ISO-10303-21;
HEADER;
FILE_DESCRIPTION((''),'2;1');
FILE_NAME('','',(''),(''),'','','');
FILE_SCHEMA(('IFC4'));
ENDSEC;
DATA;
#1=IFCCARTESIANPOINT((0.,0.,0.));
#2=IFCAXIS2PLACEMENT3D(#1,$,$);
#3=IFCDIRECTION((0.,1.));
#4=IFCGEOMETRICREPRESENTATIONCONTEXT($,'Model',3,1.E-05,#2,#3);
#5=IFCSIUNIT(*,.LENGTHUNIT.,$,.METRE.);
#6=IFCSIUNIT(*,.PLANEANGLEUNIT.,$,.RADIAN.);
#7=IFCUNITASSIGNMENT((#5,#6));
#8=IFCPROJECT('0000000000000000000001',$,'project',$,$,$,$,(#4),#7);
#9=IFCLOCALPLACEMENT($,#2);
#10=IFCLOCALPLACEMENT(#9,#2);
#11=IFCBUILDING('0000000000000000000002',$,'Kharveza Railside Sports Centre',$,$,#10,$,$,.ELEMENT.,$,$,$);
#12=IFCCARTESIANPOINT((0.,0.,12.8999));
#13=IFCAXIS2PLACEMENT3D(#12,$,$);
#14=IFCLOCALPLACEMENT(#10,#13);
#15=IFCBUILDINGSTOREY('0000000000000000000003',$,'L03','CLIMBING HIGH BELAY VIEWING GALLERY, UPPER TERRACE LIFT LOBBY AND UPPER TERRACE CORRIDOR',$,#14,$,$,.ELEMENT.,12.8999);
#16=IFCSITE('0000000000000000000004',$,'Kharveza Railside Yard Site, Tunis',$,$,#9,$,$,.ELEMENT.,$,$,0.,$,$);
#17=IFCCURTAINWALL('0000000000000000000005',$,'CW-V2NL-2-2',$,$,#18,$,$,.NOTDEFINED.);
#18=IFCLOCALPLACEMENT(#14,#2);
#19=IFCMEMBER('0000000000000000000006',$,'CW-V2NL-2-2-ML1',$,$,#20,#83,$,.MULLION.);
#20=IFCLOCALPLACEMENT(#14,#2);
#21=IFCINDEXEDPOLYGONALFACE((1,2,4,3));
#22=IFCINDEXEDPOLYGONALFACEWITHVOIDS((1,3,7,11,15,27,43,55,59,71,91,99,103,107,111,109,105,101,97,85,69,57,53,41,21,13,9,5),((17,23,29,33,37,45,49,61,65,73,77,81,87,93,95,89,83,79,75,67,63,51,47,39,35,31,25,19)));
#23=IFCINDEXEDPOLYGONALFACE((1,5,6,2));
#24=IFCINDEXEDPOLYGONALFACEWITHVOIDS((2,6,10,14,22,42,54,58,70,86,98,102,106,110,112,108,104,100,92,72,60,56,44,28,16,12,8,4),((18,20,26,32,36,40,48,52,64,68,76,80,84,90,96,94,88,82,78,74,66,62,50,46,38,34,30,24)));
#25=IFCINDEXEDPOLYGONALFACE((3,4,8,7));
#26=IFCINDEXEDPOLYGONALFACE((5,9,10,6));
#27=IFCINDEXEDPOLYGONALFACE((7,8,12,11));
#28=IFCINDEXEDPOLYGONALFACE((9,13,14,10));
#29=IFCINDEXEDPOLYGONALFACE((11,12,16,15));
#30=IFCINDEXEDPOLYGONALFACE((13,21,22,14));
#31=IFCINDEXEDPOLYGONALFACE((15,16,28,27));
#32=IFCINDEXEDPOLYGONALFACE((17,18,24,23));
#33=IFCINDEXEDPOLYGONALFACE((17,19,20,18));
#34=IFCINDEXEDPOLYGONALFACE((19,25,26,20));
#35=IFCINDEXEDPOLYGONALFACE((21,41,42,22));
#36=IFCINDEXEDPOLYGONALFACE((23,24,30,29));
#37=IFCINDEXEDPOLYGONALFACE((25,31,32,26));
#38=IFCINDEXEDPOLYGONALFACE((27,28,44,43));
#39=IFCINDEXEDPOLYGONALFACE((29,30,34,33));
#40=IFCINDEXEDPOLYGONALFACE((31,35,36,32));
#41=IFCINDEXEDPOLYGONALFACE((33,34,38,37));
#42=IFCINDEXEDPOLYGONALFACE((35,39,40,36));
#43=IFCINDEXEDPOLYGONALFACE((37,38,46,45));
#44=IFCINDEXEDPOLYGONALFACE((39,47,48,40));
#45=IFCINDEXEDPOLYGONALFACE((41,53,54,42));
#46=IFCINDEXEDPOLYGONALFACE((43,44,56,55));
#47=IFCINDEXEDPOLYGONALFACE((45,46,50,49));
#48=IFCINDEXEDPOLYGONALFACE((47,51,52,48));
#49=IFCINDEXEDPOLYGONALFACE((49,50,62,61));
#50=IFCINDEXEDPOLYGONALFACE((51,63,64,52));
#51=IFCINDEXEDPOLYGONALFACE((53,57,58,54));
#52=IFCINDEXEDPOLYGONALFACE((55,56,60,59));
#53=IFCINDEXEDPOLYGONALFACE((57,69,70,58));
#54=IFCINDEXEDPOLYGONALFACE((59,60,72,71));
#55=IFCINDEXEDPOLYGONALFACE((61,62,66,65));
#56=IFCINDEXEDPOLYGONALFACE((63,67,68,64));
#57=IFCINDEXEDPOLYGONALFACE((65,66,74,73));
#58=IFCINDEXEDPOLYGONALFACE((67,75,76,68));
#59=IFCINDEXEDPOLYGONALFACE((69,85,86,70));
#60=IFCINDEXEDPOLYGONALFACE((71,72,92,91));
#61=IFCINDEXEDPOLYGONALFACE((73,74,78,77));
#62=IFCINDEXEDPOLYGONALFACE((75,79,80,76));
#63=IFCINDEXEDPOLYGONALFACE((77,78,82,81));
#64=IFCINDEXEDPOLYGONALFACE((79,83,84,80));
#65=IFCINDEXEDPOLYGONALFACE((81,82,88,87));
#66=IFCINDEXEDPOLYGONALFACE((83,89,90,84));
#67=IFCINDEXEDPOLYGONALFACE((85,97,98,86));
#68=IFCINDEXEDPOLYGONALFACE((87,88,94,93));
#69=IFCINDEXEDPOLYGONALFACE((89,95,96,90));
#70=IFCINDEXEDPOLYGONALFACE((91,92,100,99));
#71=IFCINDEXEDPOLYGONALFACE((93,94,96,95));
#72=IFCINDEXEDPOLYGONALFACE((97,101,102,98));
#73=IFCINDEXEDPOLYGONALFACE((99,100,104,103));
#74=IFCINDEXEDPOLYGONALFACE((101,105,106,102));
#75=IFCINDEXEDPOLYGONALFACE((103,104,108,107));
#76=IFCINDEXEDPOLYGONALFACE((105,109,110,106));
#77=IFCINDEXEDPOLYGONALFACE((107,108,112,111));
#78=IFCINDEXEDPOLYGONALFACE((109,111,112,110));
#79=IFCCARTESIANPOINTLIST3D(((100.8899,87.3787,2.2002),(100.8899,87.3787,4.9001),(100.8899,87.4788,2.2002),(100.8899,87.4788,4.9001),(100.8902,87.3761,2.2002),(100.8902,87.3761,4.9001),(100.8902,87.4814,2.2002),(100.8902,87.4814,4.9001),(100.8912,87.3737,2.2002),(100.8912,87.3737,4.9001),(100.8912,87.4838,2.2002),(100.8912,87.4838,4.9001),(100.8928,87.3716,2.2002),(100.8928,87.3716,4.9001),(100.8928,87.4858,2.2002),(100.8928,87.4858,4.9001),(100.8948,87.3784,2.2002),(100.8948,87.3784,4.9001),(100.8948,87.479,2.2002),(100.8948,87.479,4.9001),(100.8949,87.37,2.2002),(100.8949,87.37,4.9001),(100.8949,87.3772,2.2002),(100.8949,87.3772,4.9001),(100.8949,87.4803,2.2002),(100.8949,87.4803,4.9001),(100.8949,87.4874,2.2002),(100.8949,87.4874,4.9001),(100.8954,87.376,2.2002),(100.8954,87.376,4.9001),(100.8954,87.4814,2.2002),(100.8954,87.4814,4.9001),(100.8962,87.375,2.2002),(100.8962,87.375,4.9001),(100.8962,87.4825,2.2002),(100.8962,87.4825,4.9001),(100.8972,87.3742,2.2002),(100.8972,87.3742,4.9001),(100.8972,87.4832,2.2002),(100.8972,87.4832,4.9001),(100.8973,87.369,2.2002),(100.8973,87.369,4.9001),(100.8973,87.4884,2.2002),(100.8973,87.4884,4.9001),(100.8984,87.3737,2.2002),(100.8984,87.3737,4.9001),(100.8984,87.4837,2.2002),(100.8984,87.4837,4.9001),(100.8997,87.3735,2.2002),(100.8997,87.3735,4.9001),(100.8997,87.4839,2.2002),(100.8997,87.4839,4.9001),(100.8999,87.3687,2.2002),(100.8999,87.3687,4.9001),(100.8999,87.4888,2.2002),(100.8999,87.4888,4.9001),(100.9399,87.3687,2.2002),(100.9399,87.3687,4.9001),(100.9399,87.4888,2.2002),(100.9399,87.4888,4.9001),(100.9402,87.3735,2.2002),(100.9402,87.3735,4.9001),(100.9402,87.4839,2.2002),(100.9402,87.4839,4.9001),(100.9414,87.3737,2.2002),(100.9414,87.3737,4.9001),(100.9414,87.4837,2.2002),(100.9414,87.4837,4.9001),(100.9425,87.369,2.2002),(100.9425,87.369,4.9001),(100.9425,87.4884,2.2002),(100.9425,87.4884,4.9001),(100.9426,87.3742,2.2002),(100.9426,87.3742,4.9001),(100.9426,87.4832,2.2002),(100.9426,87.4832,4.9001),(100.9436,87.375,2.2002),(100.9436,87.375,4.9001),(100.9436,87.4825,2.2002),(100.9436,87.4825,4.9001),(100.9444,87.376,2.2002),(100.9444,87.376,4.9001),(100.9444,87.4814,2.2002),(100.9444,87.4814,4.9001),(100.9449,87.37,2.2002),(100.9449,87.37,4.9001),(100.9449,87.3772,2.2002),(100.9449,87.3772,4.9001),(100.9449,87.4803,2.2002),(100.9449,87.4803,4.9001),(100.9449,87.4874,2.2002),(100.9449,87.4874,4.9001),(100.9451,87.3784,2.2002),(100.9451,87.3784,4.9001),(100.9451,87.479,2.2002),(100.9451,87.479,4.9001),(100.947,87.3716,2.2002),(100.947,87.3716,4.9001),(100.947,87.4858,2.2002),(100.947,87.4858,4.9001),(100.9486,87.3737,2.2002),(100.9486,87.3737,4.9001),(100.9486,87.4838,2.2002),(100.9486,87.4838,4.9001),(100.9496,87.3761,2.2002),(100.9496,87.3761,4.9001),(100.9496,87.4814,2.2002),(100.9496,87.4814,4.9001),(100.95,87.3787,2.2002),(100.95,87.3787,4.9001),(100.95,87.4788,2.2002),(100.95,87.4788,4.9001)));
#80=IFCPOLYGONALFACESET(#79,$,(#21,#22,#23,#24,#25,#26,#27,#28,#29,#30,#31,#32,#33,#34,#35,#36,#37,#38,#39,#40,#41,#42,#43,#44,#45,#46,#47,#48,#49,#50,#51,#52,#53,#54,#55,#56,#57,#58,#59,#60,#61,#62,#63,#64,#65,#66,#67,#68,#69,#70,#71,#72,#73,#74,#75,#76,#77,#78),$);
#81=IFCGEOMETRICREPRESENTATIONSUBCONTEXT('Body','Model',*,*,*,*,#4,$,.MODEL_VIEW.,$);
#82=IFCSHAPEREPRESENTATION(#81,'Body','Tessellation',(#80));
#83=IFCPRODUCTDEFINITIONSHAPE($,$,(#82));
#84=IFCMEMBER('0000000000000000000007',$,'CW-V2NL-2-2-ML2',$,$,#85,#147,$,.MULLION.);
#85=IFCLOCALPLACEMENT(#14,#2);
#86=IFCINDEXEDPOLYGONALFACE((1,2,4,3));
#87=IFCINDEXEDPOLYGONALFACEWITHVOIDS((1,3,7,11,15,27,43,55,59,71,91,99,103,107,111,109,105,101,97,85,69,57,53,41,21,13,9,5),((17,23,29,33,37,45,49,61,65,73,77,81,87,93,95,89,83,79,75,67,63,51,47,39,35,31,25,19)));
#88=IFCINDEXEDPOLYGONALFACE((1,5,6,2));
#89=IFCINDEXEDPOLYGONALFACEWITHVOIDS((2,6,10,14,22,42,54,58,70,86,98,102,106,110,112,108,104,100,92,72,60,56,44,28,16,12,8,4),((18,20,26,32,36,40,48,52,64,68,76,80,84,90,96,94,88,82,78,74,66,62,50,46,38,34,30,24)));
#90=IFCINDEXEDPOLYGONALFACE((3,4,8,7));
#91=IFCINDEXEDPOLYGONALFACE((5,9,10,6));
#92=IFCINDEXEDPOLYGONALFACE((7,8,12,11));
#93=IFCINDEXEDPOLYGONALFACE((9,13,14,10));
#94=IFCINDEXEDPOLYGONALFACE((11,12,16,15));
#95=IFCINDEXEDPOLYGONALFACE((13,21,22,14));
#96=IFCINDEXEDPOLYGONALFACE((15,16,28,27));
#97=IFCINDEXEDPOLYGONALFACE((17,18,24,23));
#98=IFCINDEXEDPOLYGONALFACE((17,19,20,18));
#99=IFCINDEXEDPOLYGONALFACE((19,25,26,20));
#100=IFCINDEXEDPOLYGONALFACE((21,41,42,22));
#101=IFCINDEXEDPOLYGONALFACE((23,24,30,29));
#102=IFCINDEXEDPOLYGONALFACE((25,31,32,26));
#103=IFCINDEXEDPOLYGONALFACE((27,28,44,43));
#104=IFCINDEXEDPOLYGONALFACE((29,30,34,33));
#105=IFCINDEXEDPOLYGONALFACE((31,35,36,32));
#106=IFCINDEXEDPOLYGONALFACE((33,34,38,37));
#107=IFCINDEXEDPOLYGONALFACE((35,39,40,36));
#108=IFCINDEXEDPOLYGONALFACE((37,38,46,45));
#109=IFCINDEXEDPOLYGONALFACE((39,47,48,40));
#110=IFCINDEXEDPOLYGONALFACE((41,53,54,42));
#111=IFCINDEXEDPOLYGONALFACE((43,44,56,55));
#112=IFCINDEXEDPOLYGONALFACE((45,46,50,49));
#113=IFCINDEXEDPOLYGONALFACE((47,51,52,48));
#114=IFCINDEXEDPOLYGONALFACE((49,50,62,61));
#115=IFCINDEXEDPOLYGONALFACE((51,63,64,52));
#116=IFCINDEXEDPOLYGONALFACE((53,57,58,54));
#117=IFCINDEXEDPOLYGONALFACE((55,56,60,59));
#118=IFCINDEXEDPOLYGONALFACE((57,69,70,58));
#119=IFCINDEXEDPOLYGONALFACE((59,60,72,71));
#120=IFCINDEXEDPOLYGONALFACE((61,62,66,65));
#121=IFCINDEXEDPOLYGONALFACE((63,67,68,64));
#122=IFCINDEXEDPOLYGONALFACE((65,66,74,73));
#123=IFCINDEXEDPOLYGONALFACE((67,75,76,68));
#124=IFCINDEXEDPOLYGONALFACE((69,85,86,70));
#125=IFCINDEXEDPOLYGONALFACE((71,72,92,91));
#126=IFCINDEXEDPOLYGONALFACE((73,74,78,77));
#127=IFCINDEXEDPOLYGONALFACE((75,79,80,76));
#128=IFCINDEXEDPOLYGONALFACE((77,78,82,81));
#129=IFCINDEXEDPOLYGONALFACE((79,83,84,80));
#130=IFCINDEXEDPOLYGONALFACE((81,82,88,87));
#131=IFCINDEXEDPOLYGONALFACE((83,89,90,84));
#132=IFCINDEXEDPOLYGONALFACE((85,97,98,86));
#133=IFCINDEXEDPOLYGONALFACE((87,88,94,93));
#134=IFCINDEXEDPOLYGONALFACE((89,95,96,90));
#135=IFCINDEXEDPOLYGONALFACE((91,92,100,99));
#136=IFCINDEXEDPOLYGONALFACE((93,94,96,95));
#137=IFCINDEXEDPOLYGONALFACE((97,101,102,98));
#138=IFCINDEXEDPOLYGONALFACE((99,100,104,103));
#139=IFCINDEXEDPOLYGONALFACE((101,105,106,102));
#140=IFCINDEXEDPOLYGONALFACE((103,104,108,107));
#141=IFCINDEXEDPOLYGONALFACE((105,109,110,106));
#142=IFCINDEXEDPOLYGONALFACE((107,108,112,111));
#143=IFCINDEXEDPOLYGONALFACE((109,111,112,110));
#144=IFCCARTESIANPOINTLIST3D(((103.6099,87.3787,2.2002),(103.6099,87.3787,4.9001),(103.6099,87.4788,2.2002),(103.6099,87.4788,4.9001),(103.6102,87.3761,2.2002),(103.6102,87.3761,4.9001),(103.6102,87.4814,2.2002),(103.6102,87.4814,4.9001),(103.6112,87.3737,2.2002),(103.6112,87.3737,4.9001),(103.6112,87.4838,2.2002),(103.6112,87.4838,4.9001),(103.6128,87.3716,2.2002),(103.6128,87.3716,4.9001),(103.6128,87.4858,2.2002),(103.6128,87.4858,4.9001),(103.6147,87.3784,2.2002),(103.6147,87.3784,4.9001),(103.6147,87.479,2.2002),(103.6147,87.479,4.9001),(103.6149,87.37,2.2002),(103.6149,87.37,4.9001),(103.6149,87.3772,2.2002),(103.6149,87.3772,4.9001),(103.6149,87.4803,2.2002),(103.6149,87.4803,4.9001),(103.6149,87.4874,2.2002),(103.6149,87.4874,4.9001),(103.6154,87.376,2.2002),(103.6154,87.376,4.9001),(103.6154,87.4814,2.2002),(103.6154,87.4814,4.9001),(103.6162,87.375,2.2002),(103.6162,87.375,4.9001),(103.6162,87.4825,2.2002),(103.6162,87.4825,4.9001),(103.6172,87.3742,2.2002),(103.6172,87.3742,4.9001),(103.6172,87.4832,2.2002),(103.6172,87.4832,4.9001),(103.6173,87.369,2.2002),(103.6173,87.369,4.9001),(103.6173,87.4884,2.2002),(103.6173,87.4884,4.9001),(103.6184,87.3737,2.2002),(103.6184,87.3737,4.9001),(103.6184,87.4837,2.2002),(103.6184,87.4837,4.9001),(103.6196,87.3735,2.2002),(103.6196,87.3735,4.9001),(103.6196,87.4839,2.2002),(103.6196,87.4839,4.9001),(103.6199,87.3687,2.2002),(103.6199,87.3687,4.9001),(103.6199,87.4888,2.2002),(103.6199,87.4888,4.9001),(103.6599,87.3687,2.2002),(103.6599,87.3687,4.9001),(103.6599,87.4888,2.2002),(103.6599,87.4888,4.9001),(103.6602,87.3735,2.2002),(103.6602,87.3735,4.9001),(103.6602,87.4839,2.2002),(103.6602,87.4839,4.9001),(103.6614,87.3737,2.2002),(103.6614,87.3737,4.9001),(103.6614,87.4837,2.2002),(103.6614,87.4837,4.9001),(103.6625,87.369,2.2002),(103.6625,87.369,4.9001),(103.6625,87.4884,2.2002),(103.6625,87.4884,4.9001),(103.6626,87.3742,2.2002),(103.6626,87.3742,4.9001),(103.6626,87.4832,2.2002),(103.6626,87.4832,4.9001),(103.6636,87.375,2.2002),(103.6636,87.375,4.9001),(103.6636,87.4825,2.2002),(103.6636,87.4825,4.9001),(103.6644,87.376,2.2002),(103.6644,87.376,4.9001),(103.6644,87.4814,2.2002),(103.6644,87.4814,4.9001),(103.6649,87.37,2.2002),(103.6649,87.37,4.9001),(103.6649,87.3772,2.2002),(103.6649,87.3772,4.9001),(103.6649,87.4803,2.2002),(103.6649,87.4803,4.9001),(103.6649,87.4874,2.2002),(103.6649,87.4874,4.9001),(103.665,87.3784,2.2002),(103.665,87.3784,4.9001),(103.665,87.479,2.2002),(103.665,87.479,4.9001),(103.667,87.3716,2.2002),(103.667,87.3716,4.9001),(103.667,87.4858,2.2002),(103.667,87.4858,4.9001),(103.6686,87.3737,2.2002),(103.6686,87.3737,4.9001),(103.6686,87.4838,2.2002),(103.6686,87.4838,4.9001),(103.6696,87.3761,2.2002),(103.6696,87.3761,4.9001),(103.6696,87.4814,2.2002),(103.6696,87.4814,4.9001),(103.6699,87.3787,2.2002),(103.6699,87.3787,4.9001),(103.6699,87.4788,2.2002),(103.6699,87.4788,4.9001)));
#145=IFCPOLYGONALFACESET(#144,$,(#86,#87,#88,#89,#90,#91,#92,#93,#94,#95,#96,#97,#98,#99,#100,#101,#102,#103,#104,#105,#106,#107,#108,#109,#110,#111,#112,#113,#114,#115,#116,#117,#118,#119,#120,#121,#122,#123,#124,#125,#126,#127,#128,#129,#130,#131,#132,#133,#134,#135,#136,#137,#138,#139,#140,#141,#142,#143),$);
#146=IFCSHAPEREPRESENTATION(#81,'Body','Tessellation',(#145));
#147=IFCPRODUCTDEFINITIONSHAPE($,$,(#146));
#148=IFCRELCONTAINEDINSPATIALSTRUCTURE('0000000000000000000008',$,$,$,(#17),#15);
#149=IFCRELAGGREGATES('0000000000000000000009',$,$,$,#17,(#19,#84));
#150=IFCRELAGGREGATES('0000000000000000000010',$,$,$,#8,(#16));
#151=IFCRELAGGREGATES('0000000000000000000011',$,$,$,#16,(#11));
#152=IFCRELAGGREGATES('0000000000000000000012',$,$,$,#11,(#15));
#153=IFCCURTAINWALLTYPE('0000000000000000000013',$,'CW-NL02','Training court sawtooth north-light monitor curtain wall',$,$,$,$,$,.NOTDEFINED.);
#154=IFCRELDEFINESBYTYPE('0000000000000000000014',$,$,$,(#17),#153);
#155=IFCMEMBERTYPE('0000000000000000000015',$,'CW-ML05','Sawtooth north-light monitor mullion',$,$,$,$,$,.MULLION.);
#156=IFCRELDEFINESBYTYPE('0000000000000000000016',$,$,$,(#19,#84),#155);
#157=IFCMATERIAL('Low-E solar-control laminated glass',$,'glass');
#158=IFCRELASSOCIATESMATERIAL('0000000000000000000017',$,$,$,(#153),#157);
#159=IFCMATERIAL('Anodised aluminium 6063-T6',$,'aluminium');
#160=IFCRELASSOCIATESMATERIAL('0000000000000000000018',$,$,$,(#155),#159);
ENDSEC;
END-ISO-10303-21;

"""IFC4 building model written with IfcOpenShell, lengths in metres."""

from ifc_helpers import new_model, si_unit, direction, frame, origin, origin_2d, place, context, subcontext, project, spatial, hollow_rectangle, extrude, material, material_profile, profile_set, type_object, element, aggregate, save


model = new_model("IFC4")

# Units and contexts
model_context = context("Model", 3, precision=1e-05, world=origin(), true_north=direction((0.0, 1.0)))
body_context = subcontext(model_context, "Body", "Model", "MODEL_VIEW")
ifc_project = project(units=[si_unit("LENGTHUNIT", "METRE"), si_unit("PLANEANGLEUNIT", "RADIAN")], contexts=[model_context])

# Site, building, storey
site_placement = place(None, origin())
site = spatial("IfcSite", under=ifc_project, at=site_placement, Name="Kharveza Railside Yard Site, Tunis", CompositionType="ELEMENT", RefElevation=0.0)
building_placement = place(site_placement, origin())
building = spatial("IfcBuilding", under=site, at=building_placement, Name="Kharveza Railside Sports Centre", CompositionType="ELEMENT")
storey_placement = place(building_placement, frame((0.0, 0.0, 12.8999)))
storey = spatial("IfcBuildingStorey", under=building, at=storey_placement, Name="L03", Description="CLIMBING HIGH BELAY VIEWING GALLERY, UPPER TERRACE LIFT LOBBY AND UPPER TERRACE CORRIDOR", CompositionType="ELEMENT", Elevation=12.8999)

# Curtain wall, members
ifc_material_1 = material(Name="Low-E solar-control laminated glass", Category="glass")
curtain_wall_type = type_object("IfcCurtainWallType", Name="CW-NL02", Description="Training court sawtooth north-light monitor curtain wall", PredefinedType="NOTDEFINED", material=ifc_material_1)
curtain_wall_1_placement = place(storey_placement, origin())
curtain_wall_1 = element("IfcCurtainWall", 1, at=curtain_wall_1_placement, inside=storey, type_object=curtain_wall_type, Name="CW-V2NL-2-2", PredefinedType="NOTDEFINED")
ifc_material_2 = material(Name="Anodised aluminium 6063-T6", Category="aluminium")
ifc_material_profile_1 = material_profile(ifc_material_2, hollow_rectangle(XDim=0.0601, YDim=0.1201, WallThickness=0.0049, InnerFilletRadius=0.0049, OuterFilletRadius=0.01, at=origin_2d()), Name="RHS 60x120x5.0")
ifc_profile_set_1 = profile_set([ifc_material_profile_1], Name="Anodised aluminium 6063-T6")
member_type_1 = type_object("IfcMemberType", Name="CW-ML05", Description="Sawtooth north-light monitor mullion", PredefinedType="MULLION", material=ifc_profile_set_1)
member_1_placement = place(storey_placement, frame((100.9199, 87.4287, 2.2002), z_axis=(0.0, 0.0, 1.0), x_axis=(1.0, 0.0, 0.0)))
member_1 = element("IfcMember", 2, at=member_1_placement, type_object=member_type_1, Name="CW-V2NL-2-2-ML1", PredefinedType="MULLION", context=body_context, shape_type="SweptSolid", body=[
    extrude(hollow_rectangle(XDim=0.0601, YDim=0.1201, WallThickness=0.0049, InnerFilletRadius=0.0049, OuterFilletRadius=0.01, at=origin_2d()), origin(), (0.0, 0.0, 1.0), 2.7),
])
member_2_placement = place(storey_placement, frame((103.6399, 87.4287, 2.2002), z_axis=(0.0, 0.0, 1.0), x_axis=(1.0, 0.0, 0.0)))
member_2 = element("IfcMember", 3, at=member_2_placement, type_object=member_type_1, Name="CW-V2NL-2-2-ML2", PredefinedType="MULLION", context=body_context, shape_type="SweptSolid", body=[
    extrude(hollow_rectangle(XDim=0.0601, YDim=0.1201, WallThickness=0.0049, InnerFilletRadius=0.0049, OuterFilletRadius=0.01, at=origin_2d()), origin(), (0.0, 0.0, 1.0), 2.7),
])

aggregate(curtain_wall_1, [member_1, member_2])

save(model, "model.ifc")
